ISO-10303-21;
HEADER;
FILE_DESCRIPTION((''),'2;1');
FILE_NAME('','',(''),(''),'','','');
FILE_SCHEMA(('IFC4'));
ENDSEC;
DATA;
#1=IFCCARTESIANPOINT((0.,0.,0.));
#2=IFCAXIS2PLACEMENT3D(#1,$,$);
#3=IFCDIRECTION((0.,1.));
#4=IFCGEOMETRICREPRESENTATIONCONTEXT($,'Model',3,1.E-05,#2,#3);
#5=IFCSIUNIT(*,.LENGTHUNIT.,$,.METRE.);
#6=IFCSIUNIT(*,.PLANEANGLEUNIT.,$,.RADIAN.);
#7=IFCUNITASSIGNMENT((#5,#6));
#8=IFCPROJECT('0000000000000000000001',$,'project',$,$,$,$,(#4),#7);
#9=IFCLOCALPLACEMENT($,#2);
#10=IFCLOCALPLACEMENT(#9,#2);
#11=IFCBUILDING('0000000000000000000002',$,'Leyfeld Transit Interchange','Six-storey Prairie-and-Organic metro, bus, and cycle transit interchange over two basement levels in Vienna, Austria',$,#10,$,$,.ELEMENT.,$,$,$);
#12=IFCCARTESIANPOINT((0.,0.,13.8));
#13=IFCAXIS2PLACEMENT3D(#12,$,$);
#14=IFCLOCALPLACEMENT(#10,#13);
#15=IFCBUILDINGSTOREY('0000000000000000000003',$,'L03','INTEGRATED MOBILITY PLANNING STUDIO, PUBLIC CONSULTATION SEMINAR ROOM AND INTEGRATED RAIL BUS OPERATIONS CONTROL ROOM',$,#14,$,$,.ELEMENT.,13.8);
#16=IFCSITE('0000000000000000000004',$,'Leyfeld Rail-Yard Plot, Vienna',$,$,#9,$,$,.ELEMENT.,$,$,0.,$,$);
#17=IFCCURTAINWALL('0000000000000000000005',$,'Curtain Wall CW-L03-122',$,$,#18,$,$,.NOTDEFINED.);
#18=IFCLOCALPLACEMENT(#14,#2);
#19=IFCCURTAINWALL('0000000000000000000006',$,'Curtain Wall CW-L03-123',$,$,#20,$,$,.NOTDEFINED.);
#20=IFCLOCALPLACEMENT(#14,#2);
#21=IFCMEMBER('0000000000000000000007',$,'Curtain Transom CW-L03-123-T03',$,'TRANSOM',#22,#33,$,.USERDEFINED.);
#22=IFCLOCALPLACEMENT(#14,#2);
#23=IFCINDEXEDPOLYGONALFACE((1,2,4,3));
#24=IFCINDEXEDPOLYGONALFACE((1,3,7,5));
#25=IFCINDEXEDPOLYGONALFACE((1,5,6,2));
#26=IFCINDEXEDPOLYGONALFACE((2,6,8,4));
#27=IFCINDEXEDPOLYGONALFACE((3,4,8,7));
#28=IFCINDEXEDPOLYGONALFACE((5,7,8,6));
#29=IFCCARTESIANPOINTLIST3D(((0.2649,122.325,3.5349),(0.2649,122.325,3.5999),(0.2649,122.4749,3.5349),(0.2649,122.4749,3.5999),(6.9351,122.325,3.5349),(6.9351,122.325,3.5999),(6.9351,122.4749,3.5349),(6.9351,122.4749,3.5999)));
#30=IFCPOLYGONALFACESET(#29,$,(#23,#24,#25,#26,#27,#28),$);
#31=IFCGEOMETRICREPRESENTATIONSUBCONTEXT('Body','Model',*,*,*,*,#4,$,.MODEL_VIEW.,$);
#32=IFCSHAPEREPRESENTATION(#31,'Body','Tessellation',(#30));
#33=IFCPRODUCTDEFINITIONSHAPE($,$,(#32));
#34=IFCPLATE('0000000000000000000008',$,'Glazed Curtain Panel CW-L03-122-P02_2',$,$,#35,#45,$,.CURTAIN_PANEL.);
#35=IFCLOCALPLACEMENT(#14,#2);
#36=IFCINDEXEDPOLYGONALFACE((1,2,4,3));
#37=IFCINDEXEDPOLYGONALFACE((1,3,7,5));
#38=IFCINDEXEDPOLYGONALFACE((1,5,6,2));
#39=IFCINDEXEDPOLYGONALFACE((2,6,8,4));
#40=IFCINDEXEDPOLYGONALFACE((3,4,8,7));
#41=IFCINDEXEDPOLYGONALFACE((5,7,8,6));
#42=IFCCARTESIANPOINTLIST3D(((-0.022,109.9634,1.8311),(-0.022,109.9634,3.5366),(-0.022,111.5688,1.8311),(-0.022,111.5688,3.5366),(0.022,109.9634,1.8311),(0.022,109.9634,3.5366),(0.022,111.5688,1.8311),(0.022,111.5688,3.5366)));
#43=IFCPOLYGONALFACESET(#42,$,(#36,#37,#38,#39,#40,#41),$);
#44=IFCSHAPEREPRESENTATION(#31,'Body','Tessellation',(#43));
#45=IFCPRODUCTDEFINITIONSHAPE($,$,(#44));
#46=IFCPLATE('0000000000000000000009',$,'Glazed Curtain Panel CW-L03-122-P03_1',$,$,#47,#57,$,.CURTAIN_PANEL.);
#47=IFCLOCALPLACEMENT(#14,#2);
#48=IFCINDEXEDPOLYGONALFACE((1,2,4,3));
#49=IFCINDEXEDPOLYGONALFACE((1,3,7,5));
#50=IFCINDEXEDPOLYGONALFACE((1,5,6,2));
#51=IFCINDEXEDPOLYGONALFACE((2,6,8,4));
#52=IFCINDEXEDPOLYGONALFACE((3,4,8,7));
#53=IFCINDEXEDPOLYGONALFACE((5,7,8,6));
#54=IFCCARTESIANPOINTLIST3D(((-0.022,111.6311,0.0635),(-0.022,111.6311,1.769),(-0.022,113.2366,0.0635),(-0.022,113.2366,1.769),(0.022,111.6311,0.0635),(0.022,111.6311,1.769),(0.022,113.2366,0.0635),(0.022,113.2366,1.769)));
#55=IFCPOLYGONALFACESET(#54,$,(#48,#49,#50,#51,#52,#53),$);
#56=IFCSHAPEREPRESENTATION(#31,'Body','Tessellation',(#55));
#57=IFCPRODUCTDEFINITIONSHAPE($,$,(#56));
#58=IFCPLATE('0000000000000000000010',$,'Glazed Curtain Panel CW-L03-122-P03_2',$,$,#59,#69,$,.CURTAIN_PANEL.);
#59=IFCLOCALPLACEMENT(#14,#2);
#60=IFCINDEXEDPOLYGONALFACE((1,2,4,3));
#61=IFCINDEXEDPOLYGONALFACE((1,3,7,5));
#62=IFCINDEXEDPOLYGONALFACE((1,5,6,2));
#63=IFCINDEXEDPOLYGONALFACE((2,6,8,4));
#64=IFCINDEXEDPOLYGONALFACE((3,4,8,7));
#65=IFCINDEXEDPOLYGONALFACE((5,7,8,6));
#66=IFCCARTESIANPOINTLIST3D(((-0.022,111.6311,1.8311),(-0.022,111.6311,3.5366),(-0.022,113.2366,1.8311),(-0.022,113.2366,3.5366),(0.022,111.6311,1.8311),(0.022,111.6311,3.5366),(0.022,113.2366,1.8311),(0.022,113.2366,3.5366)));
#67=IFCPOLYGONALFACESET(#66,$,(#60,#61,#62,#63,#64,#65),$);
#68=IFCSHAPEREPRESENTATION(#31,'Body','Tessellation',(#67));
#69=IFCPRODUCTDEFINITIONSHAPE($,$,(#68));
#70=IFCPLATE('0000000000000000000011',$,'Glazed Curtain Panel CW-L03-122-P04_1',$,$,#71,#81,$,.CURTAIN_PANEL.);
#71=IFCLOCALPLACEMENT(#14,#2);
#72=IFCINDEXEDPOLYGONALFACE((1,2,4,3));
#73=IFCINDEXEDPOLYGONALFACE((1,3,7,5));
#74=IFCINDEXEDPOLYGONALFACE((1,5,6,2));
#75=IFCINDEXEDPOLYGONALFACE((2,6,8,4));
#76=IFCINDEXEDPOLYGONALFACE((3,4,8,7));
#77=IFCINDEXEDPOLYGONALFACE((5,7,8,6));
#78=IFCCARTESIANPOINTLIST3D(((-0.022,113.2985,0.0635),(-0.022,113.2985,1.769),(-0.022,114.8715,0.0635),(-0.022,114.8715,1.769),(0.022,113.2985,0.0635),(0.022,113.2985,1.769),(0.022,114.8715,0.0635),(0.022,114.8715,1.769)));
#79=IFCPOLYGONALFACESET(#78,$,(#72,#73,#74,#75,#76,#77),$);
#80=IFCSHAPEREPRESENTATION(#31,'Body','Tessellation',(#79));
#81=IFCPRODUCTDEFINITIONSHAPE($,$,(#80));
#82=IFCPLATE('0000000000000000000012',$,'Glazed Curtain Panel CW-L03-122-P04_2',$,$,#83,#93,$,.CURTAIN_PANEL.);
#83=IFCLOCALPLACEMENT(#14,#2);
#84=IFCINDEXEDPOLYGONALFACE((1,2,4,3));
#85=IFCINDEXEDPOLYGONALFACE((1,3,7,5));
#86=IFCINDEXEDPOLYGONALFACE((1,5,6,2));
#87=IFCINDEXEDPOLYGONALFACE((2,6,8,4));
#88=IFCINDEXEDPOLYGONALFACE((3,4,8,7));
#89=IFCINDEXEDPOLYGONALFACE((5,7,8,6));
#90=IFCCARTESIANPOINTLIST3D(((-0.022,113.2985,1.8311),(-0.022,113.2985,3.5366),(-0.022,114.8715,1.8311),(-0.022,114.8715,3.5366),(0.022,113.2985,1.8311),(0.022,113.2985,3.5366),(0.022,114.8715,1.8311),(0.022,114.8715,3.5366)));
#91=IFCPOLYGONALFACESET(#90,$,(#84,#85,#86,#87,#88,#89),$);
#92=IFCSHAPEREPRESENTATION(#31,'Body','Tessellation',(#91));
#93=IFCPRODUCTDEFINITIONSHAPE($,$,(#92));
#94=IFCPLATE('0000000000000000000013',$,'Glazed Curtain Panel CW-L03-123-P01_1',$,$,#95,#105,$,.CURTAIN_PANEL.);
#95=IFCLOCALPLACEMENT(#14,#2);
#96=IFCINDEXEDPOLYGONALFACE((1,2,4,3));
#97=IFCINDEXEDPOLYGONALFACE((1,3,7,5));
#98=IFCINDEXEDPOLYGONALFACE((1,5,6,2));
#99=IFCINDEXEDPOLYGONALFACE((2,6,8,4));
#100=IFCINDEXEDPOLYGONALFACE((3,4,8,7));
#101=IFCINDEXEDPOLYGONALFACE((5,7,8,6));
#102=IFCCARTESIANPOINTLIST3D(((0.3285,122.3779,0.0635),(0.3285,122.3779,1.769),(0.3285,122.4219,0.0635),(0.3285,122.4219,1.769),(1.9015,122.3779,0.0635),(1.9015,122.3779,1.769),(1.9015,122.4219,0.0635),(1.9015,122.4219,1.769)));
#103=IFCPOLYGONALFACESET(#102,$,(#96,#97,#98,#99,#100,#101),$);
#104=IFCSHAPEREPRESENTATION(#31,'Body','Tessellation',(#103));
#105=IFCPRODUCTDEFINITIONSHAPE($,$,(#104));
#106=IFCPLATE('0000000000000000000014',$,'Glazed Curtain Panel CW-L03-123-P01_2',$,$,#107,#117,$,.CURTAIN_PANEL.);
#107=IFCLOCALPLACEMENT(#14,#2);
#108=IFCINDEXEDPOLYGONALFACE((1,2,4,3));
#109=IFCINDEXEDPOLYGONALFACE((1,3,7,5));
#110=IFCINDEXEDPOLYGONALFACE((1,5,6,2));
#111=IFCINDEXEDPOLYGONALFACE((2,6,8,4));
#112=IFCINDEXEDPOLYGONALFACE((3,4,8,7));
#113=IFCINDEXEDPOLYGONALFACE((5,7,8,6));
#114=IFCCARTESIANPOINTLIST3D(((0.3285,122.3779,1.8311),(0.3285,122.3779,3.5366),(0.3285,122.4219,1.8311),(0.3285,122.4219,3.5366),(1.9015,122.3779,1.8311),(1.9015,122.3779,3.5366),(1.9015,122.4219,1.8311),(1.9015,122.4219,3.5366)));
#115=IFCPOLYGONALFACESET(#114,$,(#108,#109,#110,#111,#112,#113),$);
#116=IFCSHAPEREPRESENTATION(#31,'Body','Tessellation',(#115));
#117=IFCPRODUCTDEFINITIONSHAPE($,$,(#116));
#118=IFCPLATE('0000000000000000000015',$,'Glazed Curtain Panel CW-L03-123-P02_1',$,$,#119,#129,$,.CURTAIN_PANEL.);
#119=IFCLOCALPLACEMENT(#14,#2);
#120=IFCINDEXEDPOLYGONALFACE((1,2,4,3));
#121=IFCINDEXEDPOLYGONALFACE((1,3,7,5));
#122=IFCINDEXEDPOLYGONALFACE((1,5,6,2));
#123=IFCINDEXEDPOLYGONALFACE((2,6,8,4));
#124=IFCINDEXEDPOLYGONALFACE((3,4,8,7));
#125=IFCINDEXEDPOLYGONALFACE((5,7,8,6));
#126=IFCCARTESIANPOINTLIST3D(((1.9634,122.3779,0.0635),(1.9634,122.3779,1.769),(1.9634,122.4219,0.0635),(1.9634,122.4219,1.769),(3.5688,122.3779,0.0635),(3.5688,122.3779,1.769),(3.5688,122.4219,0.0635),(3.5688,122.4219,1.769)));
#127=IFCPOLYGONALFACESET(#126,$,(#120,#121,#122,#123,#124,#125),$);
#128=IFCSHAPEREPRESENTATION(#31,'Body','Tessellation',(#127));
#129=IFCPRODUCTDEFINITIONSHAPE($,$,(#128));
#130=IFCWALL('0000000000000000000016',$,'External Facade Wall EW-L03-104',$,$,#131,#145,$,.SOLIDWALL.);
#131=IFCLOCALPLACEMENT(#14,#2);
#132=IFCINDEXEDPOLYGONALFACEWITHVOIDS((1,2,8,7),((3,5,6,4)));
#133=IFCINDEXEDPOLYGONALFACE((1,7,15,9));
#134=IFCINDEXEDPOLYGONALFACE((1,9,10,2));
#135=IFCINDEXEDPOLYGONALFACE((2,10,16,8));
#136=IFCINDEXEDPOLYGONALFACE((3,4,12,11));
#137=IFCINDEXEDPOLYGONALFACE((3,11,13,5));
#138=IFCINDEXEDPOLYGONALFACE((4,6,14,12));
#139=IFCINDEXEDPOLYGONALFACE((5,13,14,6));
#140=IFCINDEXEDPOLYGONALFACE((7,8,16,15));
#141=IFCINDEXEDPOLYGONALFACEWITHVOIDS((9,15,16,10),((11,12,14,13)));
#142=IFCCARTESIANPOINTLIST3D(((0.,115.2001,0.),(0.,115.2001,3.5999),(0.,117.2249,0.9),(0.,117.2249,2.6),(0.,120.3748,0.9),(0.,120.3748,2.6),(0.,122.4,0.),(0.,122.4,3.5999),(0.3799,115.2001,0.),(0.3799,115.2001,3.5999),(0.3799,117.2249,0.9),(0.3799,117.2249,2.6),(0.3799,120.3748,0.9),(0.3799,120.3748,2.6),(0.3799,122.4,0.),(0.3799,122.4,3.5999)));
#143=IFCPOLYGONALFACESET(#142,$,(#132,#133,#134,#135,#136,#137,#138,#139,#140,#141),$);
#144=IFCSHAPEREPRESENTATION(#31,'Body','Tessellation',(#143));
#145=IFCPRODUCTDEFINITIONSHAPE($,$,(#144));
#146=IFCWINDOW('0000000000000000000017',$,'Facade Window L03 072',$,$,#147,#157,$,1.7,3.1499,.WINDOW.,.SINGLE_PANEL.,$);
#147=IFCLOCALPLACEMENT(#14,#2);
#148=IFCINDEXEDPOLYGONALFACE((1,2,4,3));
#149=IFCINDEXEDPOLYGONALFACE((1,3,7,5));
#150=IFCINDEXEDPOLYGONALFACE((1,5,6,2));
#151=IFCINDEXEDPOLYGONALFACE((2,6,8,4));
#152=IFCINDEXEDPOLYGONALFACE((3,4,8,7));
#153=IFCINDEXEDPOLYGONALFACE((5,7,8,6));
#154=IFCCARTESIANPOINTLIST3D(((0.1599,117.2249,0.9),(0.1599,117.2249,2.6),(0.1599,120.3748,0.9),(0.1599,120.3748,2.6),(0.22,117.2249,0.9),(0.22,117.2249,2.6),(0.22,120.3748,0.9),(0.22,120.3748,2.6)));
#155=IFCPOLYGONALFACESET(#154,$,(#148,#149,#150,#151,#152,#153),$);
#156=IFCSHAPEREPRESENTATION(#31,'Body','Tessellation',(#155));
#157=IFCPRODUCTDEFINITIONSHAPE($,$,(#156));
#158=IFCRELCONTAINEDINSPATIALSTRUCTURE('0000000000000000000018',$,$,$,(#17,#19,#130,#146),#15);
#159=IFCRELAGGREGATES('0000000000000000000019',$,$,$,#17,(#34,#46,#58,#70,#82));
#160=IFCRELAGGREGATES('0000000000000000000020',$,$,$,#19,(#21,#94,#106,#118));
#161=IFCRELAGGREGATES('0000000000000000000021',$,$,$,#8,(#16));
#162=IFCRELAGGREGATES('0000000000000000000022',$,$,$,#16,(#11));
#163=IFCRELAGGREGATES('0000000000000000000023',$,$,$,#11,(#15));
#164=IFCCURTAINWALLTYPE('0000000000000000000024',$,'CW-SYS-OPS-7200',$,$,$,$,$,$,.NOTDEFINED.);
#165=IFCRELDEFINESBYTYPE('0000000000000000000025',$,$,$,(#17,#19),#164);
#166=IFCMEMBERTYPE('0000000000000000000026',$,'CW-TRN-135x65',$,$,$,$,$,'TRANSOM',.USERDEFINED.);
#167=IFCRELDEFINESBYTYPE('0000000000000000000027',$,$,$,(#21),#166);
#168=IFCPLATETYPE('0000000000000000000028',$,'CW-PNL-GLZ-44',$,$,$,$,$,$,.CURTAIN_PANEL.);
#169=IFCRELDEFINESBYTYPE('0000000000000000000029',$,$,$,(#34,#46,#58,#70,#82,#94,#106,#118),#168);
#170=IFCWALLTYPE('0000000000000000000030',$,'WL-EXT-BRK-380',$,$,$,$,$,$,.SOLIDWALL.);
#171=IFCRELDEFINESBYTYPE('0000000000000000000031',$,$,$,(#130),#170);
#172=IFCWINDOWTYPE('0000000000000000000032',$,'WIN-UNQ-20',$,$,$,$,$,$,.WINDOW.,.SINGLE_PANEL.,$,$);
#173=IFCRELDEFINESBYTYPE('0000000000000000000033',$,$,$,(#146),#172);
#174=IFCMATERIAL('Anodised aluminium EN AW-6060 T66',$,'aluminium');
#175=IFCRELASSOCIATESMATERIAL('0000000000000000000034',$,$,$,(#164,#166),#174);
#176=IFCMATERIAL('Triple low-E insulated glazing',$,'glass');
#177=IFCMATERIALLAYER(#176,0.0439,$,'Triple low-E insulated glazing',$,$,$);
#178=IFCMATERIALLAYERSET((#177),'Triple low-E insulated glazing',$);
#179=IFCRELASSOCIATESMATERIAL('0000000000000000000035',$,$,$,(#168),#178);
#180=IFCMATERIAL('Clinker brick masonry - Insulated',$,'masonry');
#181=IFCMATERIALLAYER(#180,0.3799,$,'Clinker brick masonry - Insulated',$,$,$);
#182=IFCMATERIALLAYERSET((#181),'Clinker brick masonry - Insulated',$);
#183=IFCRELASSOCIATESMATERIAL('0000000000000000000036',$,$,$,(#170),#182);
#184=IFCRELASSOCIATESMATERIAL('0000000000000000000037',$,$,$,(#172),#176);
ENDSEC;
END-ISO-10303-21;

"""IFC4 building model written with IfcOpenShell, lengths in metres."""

from ifc_helpers import new_model, si_unit, direction, frame, frame_2d, origin, origin_2d, place, context, subcontext, project, spatial, rectangle, extrude, material, layer, layer_set, material_profile, profile_set, type_object, element, fill, aggregate, save


model = new_model("IFC4")

# Units and contexts
model_context = context("Model", 3, precision=1e-05, world=origin(), true_north=direction((0.0, 1.0)))
body_context = subcontext(model_context, "Body", "Model", "MODEL_VIEW")
ifc_project = project(units=[si_unit("LENGTHUNIT", "METRE"), si_unit("PLANEANGLEUNIT", "RADIAN")], contexts=[model_context])

# Site, building, storey
site_placement = place(None, origin())
site = spatial("IfcSite", under=ifc_project, at=site_placement, Name="Leyfeld Rail-Yard Plot, Vienna", CompositionType="ELEMENT", RefElevation=0.0)
building_placement = place(site_placement, origin())
building = spatial("IfcBuilding", under=site, at=building_placement, Name="Leyfeld Transit Interchange", Description="Six-storey Prairie-and-Organic metro, bus, and cycle transit interchange over two basement levels in Vienna, Austria", CompositionType="ELEMENT")
storey_placement = place(building_placement, frame((0.0, 0.0, 13.8)))
storey = spatial("IfcBuildingStorey", under=building, at=storey_placement, Name="L03", Description="INTEGRATED MOBILITY PLANNING STUDIO, PUBLIC CONSULTATION SEMINAR ROOM AND INTEGRATED RAIL BUS OPERATIONS CONTROL ROOM", CompositionType="ELEMENT", Elevation=13.8)

# Curtain walls, member
ifc_material_1 = material(Name="Anodised aluminium EN AW-6060 T66", Category="aluminium")
curtain_wall_type = type_object("IfcCurtainWallType", Name="CW-SYS-OPS-7200", PredefinedType="NOTDEFINED", material=ifc_material_1)
curtain_wall_1_placement = place(storey_placement, origin())
curtain_wall_1 = element("IfcCurtainWall", 1, at=curtain_wall_1_placement, inside=storey, type_object=curtain_wall_type, Name="Curtain Wall CW-L03-122", PredefinedType="NOTDEFINED")
curtain_wall_2_placement = place(storey_placement, origin())
curtain_wall_2 = element("IfcCurtainWall", 2, at=curtain_wall_2_placement, inside=storey, type_object=curtain_wall_type, Name="Curtain Wall CW-L03-123", PredefinedType="NOTDEFINED")
ifc_material_profile_1 = material_profile(ifc_material_1, rectangle(XDim=0.1499, YDim=0.0649, at=origin_2d()), Name="CW-TRN-135x65")
ifc_profile_set_1 = profile_set([ifc_material_profile_1], Name="Anodised aluminium EN AW-6060 T66")
member_type_1 = type_object("IfcMemberType", Name="CW-TRN-135x65", ElementType="TRANSOM", PredefinedType="USERDEFINED", material=ifc_profile_set_1)
member_1_placement = place(storey_placement, frame((0.2649, 122.3999, 3.5674), z_axis=(1.0, 0.0, 0.0), x_axis=(0.0, 1.0, 0.0)))
member_1 = element("IfcMember", 3, at=member_1_placement, type_object=member_type_1, Name="Curtain Transom CW-L03-123-T03", ObjectType="TRANSOM", PredefinedType="USERDEFINED", context=body_context, shape_type="SweptSolid", body=[
    extrude(rectangle(XDim=0.1499, YDim=0.0649, at=origin_2d()), origin(), (0.0, 0.0, 1.0), 6.6702),
])

# Plates
ifc_material_2 = material(Name="Triple low-E insulated glazing", Category="glass")
ifc_layer_1 = layer(ifc_material_2, 0.0439, Name="Triple low-E insulated glazing")
ifc_layer_set_1 = layer_set([ifc_layer_1], Name="Triple low-E insulated glazing")
plate_type = type_object("IfcPlateType", Name="CW-PNL-GLZ-44", PredefinedType="CURTAIN_PANEL", material=ifc_layer_set_1)
plate_1_placement = place(storey_placement, frame((0.0, 110.7661, 1.8311), z_axis=(0.0, 0.0, 1.0), x_axis=(0.0, 1.0, 0.0)))
plate_1 = element("IfcPlate", 4, at=plate_1_placement, type_object=plate_type, Name="Glazed Curtain Panel CW-L03-122-P02_2", PredefinedType="CURTAIN_PANEL", context=body_context, shape_type="SweptSolid", body=[
    extrude(rectangle(XDim=1.6055, YDim=0.0439, at=origin_2d()), origin(), (0.0, 0.0, 1.0), 1.7056),
])
plate_2_placement = place(storey_placement, frame((0.0, 112.4338, 0.0635), z_axis=(0.0, 0.0, 1.0), x_axis=(0.0, 1.0, 0.0)))
plate_2 = element("IfcPlate", 5, at=plate_2_placement, type_object=plate_type, Name="Glazed Curtain Panel CW-L03-122-P03_1", PredefinedType="CURTAIN_PANEL", context=body_context, shape_type="SweptSolid", body=[
    extrude(rectangle(XDim=1.6055, YDim=0.0439, at=origin_2d()), origin(), (0.0, 0.0, 1.0), 1.7056),
])
plate_3_placement = place(storey_placement, frame((0.0, 112.4338, 1.8311), z_axis=(0.0, 0.0, 1.0), x_axis=(0.0, 1.0, 0.0)))
plate_3 = element("IfcPlate", 6, at=plate_3_placement, type_object=plate_type, Name="Glazed Curtain Panel CW-L03-122-P03_2", PredefinedType="CURTAIN_PANEL", context=body_context, shape_type="SweptSolid", body=[
    extrude(rectangle(XDim=1.6055, YDim=0.0439, at=origin_2d()), origin(), (0.0, 0.0, 1.0), 1.7056),
])
plate_4_placement = place(storey_placement, frame((0.0, 114.085, 0.0635), z_axis=(0.0, 0.0, 1.0), x_axis=(0.0, 1.0, 0.0)))
plate_4 = element("IfcPlate", 7, at=plate_4_placement, type_object=plate_type, Name="Glazed Curtain Panel CW-L03-122-P04_1", PredefinedType="CURTAIN_PANEL", context=body_context, shape_type="SweptSolid", body=[
    extrude(rectangle(XDim=1.573, YDim=0.0439, at=origin_2d()), origin(), (0.0, 0.0, 1.0), 1.7056),
])
plate_5_placement = place(storey_placement, frame((0.0, 114.085, 1.8311), z_axis=(0.0, 0.0, 1.0), x_axis=(0.0, 1.0, 0.0)))
plate_5 = element("IfcPlate", 8, at=plate_5_placement, type_object=plate_type, Name="Glazed Curtain Panel CW-L03-122-P04_2", PredefinedType="CURTAIN_PANEL", context=body_context, shape_type="SweptSolid", body=[
    extrude(rectangle(XDim=1.573, YDim=0.0439, at=origin_2d()), origin(), (0.0, 0.0, 1.0), 1.7056),
])
aggregate(curtain_wall_1, [plate_1, plate_2, plate_3, plate_4, plate_5])
plate_6_placement = place(storey_placement, frame((1.115, 122.3999, 0.0635), z_axis=(0.0, 0.0, 1.0), x_axis=(1.0, 0.0, 0.0)))
plate_6 = element("IfcPlate", 9, at=plate_6_placement, type_object=plate_type, Name="Glazed Curtain Panel CW-L03-123-P01_1", PredefinedType="CURTAIN_PANEL", context=body_context, shape_type="SweptSolid", body=[
    extrude(rectangle(XDim=1.573, YDim=0.0439, at=origin_2d()), origin(), (0.0, 0.0, 1.0), 1.7056),
])
plate_7_placement = place(storey_placement, frame((1.115, 122.3999, 1.8311), z_axis=(0.0, 0.0, 1.0), x_axis=(1.0, 0.0, 0.0)))
plate_7 = element("IfcPlate", 10, at=plate_7_placement, type_object=plate_type, Name="Glazed Curtain Panel CW-L03-123-P01_2", PredefinedType="CURTAIN_PANEL", context=body_context, shape_type="SweptSolid", body=[
    extrude(rectangle(XDim=1.573, YDim=0.0439, at=origin_2d()), origin(), (0.0, 0.0, 1.0), 1.7056),
])
plate_8_placement = place(storey_placement, frame((2.7661, 122.3999, 0.0635), z_axis=(0.0, 0.0, 1.0), x_axis=(1.0, 0.0, 0.0)))
plate_8 = element("IfcPlate", 11, at=plate_8_placement, type_object=plate_type, Name="Glazed Curtain Panel CW-L03-123-P02_1", PredefinedType="CURTAIN_PANEL", context=body_context, shape_type="SweptSolid", body=[
    extrude(rectangle(XDim=1.6055, YDim=0.0439, at=origin_2d()), origin(), (0.0, 0.0, 1.0), 1.7056),
])
aggregate(curtain_wall_2, [member_1, plate_6, plate_7, plate_8])

# Wall, opening, window
ifc_material_3 = material(Name="Clinker brick masonry - Insulated", Category="masonry")
ifc_layer_2 = layer(ifc_material_3, 0.3799, Name="Clinker brick masonry - Insulated")
ifc_layer_set_2 = layer_set([ifc_layer_2], Name="Clinker brick masonry - Insulated")
wall_type = type_object("IfcWallType", Name="WL-EXT-BRK-380", PredefinedType="SOLIDWALL", material=ifc_layer_set_2)
wall_placement = place(storey_placement, frame((0.1899, 115.2, 0.0), z_axis=(0.0, 0.0, 1.0), x_axis=(0.0, 1.0, 0.0)))
wall = element("IfcWall", 12, at=wall_placement, inside=storey, type_object=wall_type, Name="External Facade Wall EW-L03-104", PredefinedType="SOLIDWALL", context=body_context, shape_type="SweptSolid", body=[
    extrude(rectangle(XDim=7.2, YDim=0.3799, at=frame_2d((3.6001, 0.0))), origin(), (0.0, 0.0, 1.0), 3.5999),
])
opening_placement = place(wall_placement, frame((2.0249, 0.0, 0.8999)))
opening = element("IfcOpeningElement", 13, at=opening_placement, cuts=wall, PredefinedType="OPENING", context=body_context, shape_type="SweptSolid", body=[
    extrude(rectangle(XDim=3.1499, YDim=1.7, at=frame_2d((1.575, 0.8501))), frame((0.0, 0.2, 0.0), z_axis=(0.0, -1.0, 0.0), x_axis=(1.0, 0.0, 0.0)), (0.0, 0.0, 1.0), 0.3999),
])
window_type = type_object("IfcWindowType", Name="WIN-UNQ-20", PartitioningType="SINGLE_PANEL", PredefinedType="WINDOW", material=ifc_material_2)
window_placement = place(opening_placement, origin())
window = element("IfcWindow", 14, at=window_placement, inside=storey, type_object=window_type, Name="Facade Window L03 072", OverallHeight=1.7, OverallWidth=3.1499, PartitioningType="SINGLE_PANEL", PredefinedType="WINDOW", context=body_context, shape_type="SweptSolid", body=[
    extrude(rectangle(XDim=3.1499, YDim=1.7, at=frame_2d((1.575, 0.8501))), frame((0.0, 0.03, 0.0), z_axis=(0.0, -1.0, 0.0), x_axis=(1.0, 0.0, 0.0)), (0.0, 0.0, 1.0), 0.0601),
])
fill(opening, window)

save(model, "model.ifc")
